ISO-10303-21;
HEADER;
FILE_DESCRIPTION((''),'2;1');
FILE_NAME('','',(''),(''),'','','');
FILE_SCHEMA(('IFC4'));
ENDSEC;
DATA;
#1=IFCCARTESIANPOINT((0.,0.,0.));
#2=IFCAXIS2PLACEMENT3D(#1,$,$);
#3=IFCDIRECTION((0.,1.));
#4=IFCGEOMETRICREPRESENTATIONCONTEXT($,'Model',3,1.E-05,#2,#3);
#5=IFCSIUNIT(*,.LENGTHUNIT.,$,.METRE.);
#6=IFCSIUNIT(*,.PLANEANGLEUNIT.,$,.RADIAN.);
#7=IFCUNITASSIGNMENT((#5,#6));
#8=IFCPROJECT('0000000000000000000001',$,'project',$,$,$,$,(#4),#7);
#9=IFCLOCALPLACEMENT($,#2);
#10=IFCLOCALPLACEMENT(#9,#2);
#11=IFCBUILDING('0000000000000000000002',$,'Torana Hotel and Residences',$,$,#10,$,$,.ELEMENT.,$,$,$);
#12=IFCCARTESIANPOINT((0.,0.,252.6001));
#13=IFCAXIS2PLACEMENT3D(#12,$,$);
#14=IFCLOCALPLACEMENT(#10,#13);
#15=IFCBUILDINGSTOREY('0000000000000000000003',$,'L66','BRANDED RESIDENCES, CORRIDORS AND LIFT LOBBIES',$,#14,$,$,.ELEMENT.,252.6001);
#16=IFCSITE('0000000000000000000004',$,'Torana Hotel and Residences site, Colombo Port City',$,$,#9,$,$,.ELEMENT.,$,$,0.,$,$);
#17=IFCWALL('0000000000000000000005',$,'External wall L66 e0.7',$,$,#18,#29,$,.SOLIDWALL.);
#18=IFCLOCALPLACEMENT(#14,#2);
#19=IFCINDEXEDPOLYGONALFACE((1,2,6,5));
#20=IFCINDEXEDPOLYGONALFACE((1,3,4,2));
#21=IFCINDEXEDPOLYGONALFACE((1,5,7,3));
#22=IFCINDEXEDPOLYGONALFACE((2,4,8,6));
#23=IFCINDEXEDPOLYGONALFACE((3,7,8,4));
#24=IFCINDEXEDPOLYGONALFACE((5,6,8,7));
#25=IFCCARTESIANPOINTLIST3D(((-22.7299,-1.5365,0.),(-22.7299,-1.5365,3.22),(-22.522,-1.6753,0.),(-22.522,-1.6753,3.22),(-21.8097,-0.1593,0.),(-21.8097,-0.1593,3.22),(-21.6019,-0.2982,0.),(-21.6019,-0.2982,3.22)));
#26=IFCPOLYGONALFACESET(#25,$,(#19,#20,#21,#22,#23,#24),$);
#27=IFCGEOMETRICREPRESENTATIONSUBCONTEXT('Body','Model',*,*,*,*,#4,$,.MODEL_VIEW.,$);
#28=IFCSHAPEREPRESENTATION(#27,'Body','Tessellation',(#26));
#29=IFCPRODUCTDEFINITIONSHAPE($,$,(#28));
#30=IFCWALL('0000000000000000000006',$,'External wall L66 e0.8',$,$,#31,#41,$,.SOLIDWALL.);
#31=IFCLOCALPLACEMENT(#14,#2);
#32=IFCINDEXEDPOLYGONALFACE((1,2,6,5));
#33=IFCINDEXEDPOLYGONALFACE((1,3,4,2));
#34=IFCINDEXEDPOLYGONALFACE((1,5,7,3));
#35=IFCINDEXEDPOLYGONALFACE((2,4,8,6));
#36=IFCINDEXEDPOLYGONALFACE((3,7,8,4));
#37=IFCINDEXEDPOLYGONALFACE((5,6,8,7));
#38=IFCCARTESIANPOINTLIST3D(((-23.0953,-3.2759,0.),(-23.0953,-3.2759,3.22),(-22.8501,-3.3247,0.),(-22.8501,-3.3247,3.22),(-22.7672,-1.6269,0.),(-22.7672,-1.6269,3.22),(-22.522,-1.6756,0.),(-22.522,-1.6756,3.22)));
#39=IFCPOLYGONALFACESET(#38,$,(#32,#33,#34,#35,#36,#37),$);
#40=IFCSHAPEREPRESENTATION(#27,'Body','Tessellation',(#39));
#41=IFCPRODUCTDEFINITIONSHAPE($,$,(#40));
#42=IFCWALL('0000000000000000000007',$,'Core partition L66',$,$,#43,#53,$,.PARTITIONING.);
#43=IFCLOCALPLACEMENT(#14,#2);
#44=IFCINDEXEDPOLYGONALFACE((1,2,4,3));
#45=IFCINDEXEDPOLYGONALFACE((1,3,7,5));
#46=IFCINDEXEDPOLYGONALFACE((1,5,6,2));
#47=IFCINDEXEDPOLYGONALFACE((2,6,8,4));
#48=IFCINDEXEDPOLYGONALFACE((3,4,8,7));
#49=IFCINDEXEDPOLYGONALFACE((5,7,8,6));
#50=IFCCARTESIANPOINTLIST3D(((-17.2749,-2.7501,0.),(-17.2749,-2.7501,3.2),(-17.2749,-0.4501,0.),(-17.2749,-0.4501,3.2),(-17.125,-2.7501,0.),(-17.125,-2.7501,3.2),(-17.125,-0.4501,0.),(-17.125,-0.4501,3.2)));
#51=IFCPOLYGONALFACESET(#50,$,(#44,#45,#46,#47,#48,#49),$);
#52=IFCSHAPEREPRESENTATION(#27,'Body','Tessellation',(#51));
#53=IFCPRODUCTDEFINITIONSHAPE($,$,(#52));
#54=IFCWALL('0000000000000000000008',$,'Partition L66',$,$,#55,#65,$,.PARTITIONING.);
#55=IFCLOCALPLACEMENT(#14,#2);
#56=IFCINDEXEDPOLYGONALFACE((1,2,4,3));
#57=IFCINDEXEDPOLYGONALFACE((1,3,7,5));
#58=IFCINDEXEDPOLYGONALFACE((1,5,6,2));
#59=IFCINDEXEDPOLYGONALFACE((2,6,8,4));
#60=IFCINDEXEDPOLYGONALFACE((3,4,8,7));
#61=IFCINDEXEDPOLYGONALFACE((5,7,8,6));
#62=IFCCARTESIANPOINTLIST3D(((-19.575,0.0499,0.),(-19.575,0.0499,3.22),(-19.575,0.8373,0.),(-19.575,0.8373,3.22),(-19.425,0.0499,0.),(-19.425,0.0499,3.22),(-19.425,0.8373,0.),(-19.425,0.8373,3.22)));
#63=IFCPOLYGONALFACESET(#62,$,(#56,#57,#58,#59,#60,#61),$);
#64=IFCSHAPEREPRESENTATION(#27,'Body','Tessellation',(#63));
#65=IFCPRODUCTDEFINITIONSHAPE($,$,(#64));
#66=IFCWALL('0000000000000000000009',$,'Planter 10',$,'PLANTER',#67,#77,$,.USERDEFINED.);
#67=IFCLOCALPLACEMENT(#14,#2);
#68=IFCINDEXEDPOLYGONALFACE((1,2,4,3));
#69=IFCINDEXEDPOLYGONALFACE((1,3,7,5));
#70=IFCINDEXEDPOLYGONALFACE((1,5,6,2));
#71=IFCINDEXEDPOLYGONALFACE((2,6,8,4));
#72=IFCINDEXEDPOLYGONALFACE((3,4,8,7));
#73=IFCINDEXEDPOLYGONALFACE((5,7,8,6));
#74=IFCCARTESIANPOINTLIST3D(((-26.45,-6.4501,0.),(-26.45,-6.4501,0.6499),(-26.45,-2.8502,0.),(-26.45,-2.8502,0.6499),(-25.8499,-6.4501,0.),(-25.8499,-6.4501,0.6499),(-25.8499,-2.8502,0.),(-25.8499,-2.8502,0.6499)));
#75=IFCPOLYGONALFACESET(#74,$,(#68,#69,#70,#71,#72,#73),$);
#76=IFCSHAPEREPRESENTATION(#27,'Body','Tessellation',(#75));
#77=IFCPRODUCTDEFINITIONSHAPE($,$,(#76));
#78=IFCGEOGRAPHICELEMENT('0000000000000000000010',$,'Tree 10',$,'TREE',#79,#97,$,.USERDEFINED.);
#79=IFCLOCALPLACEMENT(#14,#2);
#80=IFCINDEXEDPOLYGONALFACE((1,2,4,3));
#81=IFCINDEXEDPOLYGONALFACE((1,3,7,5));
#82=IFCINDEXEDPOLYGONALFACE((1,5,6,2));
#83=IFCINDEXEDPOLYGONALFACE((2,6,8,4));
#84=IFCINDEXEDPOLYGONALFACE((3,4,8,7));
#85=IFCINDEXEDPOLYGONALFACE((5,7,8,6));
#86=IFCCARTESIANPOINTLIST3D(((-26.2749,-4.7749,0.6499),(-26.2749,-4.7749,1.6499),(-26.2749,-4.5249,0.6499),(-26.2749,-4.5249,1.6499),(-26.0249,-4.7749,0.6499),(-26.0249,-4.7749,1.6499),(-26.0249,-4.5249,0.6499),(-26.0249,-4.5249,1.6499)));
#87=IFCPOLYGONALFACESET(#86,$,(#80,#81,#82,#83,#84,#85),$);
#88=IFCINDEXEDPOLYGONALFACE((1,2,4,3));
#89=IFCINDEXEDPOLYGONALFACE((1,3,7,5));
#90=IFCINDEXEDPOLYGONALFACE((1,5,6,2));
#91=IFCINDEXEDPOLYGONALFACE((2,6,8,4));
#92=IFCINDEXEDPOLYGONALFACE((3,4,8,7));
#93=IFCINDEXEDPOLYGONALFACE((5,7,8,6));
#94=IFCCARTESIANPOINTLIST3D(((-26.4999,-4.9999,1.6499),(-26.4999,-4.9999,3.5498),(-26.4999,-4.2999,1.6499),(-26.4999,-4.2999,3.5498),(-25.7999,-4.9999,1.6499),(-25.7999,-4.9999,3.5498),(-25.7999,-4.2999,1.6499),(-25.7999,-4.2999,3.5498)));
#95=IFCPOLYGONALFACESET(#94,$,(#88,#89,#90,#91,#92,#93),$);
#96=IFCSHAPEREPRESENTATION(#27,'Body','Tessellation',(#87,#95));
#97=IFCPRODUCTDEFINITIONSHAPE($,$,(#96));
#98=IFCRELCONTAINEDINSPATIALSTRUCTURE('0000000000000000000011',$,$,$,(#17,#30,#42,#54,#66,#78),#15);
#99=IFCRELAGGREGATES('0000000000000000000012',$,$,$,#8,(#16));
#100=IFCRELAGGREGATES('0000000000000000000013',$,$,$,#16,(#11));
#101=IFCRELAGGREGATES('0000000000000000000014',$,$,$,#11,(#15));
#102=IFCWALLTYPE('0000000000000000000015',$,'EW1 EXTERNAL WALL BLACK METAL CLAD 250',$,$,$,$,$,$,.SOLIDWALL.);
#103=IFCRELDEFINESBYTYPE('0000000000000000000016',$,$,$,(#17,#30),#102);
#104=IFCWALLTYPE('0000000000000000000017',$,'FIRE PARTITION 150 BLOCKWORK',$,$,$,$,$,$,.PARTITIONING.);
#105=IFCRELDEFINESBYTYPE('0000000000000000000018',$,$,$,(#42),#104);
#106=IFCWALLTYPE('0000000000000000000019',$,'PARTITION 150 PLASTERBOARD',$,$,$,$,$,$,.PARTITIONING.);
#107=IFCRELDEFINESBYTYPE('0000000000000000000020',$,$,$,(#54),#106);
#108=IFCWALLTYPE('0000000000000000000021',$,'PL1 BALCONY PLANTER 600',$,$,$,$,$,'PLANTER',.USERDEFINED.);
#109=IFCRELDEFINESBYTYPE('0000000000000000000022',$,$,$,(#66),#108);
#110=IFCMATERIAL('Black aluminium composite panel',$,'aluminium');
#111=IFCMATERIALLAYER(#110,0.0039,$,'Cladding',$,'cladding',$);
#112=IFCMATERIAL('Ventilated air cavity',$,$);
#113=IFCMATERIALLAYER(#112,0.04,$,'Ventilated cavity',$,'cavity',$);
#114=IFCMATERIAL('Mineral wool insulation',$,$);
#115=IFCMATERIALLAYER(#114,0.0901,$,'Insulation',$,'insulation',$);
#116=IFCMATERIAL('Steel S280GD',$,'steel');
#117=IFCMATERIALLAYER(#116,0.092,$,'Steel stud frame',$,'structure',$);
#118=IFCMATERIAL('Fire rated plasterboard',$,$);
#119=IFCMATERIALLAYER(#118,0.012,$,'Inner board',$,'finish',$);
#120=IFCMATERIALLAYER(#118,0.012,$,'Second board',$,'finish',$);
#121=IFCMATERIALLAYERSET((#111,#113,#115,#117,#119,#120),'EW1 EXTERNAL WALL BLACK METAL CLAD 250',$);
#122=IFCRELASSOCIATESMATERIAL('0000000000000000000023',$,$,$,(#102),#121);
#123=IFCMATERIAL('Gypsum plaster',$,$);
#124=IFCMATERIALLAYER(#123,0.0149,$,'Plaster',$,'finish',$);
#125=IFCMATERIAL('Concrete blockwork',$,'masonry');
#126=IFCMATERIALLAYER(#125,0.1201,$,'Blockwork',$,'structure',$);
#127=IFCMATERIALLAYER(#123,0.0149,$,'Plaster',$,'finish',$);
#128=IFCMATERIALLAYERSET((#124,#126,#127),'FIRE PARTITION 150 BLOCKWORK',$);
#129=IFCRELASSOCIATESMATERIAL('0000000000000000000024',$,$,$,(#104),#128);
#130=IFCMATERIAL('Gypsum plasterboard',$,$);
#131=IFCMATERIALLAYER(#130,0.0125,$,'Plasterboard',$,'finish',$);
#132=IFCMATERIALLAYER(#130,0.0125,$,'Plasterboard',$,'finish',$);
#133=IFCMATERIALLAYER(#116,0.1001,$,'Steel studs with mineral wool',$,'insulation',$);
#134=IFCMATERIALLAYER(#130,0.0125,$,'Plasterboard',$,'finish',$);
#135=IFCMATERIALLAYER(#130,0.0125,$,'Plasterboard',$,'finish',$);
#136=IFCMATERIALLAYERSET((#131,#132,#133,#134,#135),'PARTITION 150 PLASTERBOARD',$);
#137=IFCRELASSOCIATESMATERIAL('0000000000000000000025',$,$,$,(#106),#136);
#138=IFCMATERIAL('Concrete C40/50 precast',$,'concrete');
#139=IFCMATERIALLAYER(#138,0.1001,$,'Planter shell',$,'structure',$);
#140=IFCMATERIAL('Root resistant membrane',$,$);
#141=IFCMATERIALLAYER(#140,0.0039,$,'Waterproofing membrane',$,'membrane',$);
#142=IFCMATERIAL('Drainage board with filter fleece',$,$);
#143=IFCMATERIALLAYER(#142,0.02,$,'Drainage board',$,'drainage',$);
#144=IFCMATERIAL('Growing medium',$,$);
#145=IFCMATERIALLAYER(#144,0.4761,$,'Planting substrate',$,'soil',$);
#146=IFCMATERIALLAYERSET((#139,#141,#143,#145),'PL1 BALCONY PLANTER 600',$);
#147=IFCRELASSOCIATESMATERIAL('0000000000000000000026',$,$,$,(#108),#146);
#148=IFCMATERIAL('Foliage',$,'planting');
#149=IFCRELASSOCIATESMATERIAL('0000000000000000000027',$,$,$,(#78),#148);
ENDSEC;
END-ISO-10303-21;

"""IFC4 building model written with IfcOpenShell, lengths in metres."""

from ifc_helpers import new_model, si_unit, direction, frame, frame_2d, origin, origin_2d, place, context, subcontext, project, spatial, rectangle, extrude, material, layer, layer_set, type_object, element, save


model = new_model("IFC4")

# Units and contexts
model_context = context("Model", 3, precision=1e-05, world=origin(), true_north=direction((0.0, 1.0)))
body_context = subcontext(model_context, "Body", "Model", "MODEL_VIEW")
ifc_project = project(units=[si_unit("LENGTHUNIT", "METRE"), si_unit("PLANEANGLEUNIT", "RADIAN")], contexts=[model_context])

# Site, building, storey
site_placement = place(None, origin())
site = spatial("IfcSite", under=ifc_project, at=site_placement, Name="Torana Hotel and Residences site, Colombo Port City", CompositionType="ELEMENT", RefElevation=0.0)
building_placement = place(site_placement, origin())
building = spatial("IfcBuilding", under=site, at=building_placement, Name="Torana Hotel and Residences", CompositionType="ELEMENT")
storey_placement = place(building_placement, frame((0.0, 0.0, 252.6001)))
storey = spatial("IfcBuildingStorey", under=building, at=storey_placement, Name="L66", Description="BRANDED RESIDENCES, CORRIDORS AND LIFT LOBBIES", CompositionType="ELEMENT", Elevation=252.6001)

# Walls
ifc_material_1 = material(Name="Black aluminium composite panel", Category="aluminium")
ifc_layer_1 = layer(ifc_material_1, 0.0039, Name="Cladding", Category="cladding")
ifc_material_2 = material(Name="Ventilated air cavity")
ifc_layer_2 = layer(ifc_material_2, 0.04, Name="Ventilated cavity", Category="cavity")
ifc_material_3 = material(Name="Mineral wool insulation")
ifc_layer_3 = layer(ifc_material_3, 0.0901, Name="Insulation", Category="insulation")
ifc_material_4 = material(Name="Steel S280GD", Category="steel")
ifc_layer_4 = layer(ifc_material_4, 0.092, Name="Steel stud frame", Category="structure")
ifc_material_5 = material(Name="Fire rated plasterboard")
ifc_layer_5 = layer(ifc_material_5, 0.012, Name="Inner board", Category="finish")
ifc_layer_6 = layer(ifc_material_5, 0.012, Name="Second board", Category="finish")
ifc_layer_set_1 = layer_set([ifc_layer_1, ifc_layer_2, ifc_layer_3, ifc_layer_4, ifc_layer_5, ifc_layer_6], Name="EW1 EXTERNAL WALL BLACK METAL CLAD 250")
wall_type_1 = type_object("IfcWallType", Name="EW1 EXTERNAL WALL BLACK METAL CLAD 250", PredefinedType="SOLIDWALL", material=ifc_layer_set_1)
for number, where, z_axis, x_axis, name in (
    (1, (-21.7058, -0.2288, 0.0), (0.0, 0.0, 1.0), (-0.55555, -0.831483, 0.0), "External wall L66 e0.7"),
):
    element("IfcWall", number, at=place(storey_placement, frame(where, z_axis=z_axis, x_axis=x_axis)), inside=storey, type_object=wall_type_1, Name=name, PredefinedType="SOLIDWALL", context=body_context, shape_type="SweptSolid", body=[
        extrude(rectangle(XDim=1.6562, YDim=0.25, at=frame_2d((0.8281, 0.0))), origin(), (0.0, 0.0, 1.0), 3.22),
    ])
wall_1_placement = place(storey_placement, frame((-22.6445, -1.6511, 0.0), z_axis=(0.0, 0.0, 1.0), x_axis=(-0.195139, -0.980776, 0.0)))
element("IfcWall", 2, at=wall_1_placement, inside=storey, type_object=wall_type_1, Name="External wall L66 e0.8", PredefinedType="SOLIDWALL", context=body_context, shape_type="SweptSolid", body=[
    extrude(rectangle(XDim=1.6814, YDim=0.25, at=frame_2d((0.8408, 0.0))), origin(), (0.0, 0.0, 1.0), 3.22),
])

# Walls
ifc_material_6 = material(Name="Gypsum plaster")
ifc_layer_7 = layer(ifc_material_6, 0.0149, Name="Plaster", Category="finish")
ifc_material_7 = material(Name="Concrete blockwork", Category="masonry")
ifc_layer_8 = layer(ifc_material_7, 0.1201, Name="Blockwork", Category="structure")
ifc_layer_9 = layer(ifc_material_6, 0.0149, Name="Plaster", Category="finish")
ifc_layer_set_2 = layer_set([ifc_layer_7, ifc_layer_8, ifc_layer_9], Name="FIRE PARTITION 150 BLOCKWORK")
wall_type_2 = type_object("IfcWallType", Name="FIRE PARTITION 150 BLOCKWORK", PredefinedType="PARTITIONING", material=ifc_layer_set_2)
wall_2_placement = place(storey_placement, frame((-17.2, -2.75, 0.0), z_axis=(0.0, 0.0, 1.0), x_axis=(0.0, 1.0, 0.0)))
element("IfcWall", 3, at=wall_2_placement, inside=storey, type_object=wall_type_2, Name="Core partition L66", PredefinedType="PARTITIONING", context=body_context, shape_type="SweptSolid", body=[
    extrude(rectangle(XDim=2.3, YDim=0.1499, at=frame_2d((1.1499, 0.0))), origin(), (0.0, 0.0, 1.0), 3.2),
])
ifc_material_8 = material(Name="Gypsum plasterboard")
ifc_layer_10 = layer(ifc_material_8, 0.0125, Name="Plasterboard", Category="finish")
ifc_layer_11 = layer(ifc_material_8, 0.0125, Name="Plasterboard", Category="finish")
ifc_layer_12 = layer(ifc_material_4, 0.1001, Name="Steel studs with mineral wool", Category="insulation")
ifc_layer_13 = layer(ifc_material_8, 0.0125, Name="Plasterboard", Category="finish")
ifc_layer_14 = layer(ifc_material_8, 0.0125, Name="Plasterboard", Category="finish")
ifc_layer_set_3 = layer_set([ifc_layer_10, ifc_layer_11, ifc_layer_12, ifc_layer_13, ifc_layer_14], Name="PARTITION 150 PLASTERBOARD")
wall_type_3 = type_object("IfcWallType", Name="PARTITION 150 PLASTERBOARD", PredefinedType="PARTITIONING", material=ifc_layer_set_3)
wall_3_placement = place(storey_placement, frame((-19.5, 0.05, 0.0), z_axis=(0.0, 0.0, 1.0), x_axis=(0.0, 1.0, 0.0)))
element("IfcWall", 4, at=wall_3_placement, inside=storey, type_object=wall_type_3, Name="Partition L66", PredefinedType="PARTITIONING", context=body_context, shape_type="SweptSolid", body=[
    extrude(rectangle(XDim=0.7874, YDim=0.1499, at=frame_2d((0.3936, 0.0))), origin(), (0.0, 0.0, 1.0), 3.22),
])
ifc_material_9 = material(Name="Concrete C40/50 precast", Category="concrete")
ifc_layer_15 = layer(ifc_material_9, 0.1001, Name="Planter shell", Category="structure")
ifc_material_10 = material(Name="Root resistant membrane")
ifc_layer_16 = layer(ifc_material_10, 0.0039, Name="Waterproofing membrane", Category="membrane")
ifc_material_11 = material(Name="Drainage board with filter fleece")
ifc_layer_17 = layer(ifc_material_11, 0.02, Name="Drainage board", Category="drainage")
ifc_material_12 = material(Name="Growing medium")
ifc_layer_18 = layer(ifc_material_12, 0.4761, Name="Planting substrate", Category="soil")
ifc_layer_set_4 = layer_set([ifc_layer_15, ifc_layer_16, ifc_layer_17, ifc_layer_18], Name="PL1 BALCONY PLANTER 600")
wall_type_4 = type_object("IfcWallType", Name="PL1 BALCONY PLANTER 600", ElementType="PLANTER", PredefinedType="USERDEFINED", material=ifc_layer_set_4)
wall_4_placement = place(storey_placement, frame((-26.1499, -6.45, 0.0), z_axis=(0.0, 0.0, 1.0), x_axis=(0.0, 1.0, 0.0)))
element("IfcWall", 5, at=wall_4_placement, inside=storey, type_object=wall_type_4, Name="Planter 10", ObjectType="PLANTER", PredefinedType="USERDEFINED", context=body_context, shape_type="SweptSolid", body=[
    extrude(rectangle(XDim=3.5999, YDim=0.6001, at=frame_2d((1.7998, 0.0))), origin(), (0.0, 0.0, 1.0), 0.6499),
])

# Geographic element
ifc_material_13 = material(Name="Foliage", Category="planting")
geographic_element_placement = place(storey_placement, frame((-26.1499, -4.6499, 0.6499), z_axis=(0.0, 0.0, 1.0), x_axis=(1.0, 0.0, 0.0)))
element("IfcGeographicElement", 6, at=geographic_element_placement, inside=storey, material=ifc_material_13, Name="Tree 10", ObjectType="TREE", PredefinedType="USERDEFINED", context=body_context, shape_type="SweptSolid", body=[
    extrude(rectangle(XDim=0.25, YDim=0.25, at=origin_2d()), origin(), (0.0, 0.0, 1.0), 1.0),
    extrude(rectangle(XDim=0.7, YDim=0.7, at=origin_2d()), frame((0.0, 0.0, 1.0)), (0.0, 0.0, 1.0), 1.8999),
])

save(model, "model.ifc")
